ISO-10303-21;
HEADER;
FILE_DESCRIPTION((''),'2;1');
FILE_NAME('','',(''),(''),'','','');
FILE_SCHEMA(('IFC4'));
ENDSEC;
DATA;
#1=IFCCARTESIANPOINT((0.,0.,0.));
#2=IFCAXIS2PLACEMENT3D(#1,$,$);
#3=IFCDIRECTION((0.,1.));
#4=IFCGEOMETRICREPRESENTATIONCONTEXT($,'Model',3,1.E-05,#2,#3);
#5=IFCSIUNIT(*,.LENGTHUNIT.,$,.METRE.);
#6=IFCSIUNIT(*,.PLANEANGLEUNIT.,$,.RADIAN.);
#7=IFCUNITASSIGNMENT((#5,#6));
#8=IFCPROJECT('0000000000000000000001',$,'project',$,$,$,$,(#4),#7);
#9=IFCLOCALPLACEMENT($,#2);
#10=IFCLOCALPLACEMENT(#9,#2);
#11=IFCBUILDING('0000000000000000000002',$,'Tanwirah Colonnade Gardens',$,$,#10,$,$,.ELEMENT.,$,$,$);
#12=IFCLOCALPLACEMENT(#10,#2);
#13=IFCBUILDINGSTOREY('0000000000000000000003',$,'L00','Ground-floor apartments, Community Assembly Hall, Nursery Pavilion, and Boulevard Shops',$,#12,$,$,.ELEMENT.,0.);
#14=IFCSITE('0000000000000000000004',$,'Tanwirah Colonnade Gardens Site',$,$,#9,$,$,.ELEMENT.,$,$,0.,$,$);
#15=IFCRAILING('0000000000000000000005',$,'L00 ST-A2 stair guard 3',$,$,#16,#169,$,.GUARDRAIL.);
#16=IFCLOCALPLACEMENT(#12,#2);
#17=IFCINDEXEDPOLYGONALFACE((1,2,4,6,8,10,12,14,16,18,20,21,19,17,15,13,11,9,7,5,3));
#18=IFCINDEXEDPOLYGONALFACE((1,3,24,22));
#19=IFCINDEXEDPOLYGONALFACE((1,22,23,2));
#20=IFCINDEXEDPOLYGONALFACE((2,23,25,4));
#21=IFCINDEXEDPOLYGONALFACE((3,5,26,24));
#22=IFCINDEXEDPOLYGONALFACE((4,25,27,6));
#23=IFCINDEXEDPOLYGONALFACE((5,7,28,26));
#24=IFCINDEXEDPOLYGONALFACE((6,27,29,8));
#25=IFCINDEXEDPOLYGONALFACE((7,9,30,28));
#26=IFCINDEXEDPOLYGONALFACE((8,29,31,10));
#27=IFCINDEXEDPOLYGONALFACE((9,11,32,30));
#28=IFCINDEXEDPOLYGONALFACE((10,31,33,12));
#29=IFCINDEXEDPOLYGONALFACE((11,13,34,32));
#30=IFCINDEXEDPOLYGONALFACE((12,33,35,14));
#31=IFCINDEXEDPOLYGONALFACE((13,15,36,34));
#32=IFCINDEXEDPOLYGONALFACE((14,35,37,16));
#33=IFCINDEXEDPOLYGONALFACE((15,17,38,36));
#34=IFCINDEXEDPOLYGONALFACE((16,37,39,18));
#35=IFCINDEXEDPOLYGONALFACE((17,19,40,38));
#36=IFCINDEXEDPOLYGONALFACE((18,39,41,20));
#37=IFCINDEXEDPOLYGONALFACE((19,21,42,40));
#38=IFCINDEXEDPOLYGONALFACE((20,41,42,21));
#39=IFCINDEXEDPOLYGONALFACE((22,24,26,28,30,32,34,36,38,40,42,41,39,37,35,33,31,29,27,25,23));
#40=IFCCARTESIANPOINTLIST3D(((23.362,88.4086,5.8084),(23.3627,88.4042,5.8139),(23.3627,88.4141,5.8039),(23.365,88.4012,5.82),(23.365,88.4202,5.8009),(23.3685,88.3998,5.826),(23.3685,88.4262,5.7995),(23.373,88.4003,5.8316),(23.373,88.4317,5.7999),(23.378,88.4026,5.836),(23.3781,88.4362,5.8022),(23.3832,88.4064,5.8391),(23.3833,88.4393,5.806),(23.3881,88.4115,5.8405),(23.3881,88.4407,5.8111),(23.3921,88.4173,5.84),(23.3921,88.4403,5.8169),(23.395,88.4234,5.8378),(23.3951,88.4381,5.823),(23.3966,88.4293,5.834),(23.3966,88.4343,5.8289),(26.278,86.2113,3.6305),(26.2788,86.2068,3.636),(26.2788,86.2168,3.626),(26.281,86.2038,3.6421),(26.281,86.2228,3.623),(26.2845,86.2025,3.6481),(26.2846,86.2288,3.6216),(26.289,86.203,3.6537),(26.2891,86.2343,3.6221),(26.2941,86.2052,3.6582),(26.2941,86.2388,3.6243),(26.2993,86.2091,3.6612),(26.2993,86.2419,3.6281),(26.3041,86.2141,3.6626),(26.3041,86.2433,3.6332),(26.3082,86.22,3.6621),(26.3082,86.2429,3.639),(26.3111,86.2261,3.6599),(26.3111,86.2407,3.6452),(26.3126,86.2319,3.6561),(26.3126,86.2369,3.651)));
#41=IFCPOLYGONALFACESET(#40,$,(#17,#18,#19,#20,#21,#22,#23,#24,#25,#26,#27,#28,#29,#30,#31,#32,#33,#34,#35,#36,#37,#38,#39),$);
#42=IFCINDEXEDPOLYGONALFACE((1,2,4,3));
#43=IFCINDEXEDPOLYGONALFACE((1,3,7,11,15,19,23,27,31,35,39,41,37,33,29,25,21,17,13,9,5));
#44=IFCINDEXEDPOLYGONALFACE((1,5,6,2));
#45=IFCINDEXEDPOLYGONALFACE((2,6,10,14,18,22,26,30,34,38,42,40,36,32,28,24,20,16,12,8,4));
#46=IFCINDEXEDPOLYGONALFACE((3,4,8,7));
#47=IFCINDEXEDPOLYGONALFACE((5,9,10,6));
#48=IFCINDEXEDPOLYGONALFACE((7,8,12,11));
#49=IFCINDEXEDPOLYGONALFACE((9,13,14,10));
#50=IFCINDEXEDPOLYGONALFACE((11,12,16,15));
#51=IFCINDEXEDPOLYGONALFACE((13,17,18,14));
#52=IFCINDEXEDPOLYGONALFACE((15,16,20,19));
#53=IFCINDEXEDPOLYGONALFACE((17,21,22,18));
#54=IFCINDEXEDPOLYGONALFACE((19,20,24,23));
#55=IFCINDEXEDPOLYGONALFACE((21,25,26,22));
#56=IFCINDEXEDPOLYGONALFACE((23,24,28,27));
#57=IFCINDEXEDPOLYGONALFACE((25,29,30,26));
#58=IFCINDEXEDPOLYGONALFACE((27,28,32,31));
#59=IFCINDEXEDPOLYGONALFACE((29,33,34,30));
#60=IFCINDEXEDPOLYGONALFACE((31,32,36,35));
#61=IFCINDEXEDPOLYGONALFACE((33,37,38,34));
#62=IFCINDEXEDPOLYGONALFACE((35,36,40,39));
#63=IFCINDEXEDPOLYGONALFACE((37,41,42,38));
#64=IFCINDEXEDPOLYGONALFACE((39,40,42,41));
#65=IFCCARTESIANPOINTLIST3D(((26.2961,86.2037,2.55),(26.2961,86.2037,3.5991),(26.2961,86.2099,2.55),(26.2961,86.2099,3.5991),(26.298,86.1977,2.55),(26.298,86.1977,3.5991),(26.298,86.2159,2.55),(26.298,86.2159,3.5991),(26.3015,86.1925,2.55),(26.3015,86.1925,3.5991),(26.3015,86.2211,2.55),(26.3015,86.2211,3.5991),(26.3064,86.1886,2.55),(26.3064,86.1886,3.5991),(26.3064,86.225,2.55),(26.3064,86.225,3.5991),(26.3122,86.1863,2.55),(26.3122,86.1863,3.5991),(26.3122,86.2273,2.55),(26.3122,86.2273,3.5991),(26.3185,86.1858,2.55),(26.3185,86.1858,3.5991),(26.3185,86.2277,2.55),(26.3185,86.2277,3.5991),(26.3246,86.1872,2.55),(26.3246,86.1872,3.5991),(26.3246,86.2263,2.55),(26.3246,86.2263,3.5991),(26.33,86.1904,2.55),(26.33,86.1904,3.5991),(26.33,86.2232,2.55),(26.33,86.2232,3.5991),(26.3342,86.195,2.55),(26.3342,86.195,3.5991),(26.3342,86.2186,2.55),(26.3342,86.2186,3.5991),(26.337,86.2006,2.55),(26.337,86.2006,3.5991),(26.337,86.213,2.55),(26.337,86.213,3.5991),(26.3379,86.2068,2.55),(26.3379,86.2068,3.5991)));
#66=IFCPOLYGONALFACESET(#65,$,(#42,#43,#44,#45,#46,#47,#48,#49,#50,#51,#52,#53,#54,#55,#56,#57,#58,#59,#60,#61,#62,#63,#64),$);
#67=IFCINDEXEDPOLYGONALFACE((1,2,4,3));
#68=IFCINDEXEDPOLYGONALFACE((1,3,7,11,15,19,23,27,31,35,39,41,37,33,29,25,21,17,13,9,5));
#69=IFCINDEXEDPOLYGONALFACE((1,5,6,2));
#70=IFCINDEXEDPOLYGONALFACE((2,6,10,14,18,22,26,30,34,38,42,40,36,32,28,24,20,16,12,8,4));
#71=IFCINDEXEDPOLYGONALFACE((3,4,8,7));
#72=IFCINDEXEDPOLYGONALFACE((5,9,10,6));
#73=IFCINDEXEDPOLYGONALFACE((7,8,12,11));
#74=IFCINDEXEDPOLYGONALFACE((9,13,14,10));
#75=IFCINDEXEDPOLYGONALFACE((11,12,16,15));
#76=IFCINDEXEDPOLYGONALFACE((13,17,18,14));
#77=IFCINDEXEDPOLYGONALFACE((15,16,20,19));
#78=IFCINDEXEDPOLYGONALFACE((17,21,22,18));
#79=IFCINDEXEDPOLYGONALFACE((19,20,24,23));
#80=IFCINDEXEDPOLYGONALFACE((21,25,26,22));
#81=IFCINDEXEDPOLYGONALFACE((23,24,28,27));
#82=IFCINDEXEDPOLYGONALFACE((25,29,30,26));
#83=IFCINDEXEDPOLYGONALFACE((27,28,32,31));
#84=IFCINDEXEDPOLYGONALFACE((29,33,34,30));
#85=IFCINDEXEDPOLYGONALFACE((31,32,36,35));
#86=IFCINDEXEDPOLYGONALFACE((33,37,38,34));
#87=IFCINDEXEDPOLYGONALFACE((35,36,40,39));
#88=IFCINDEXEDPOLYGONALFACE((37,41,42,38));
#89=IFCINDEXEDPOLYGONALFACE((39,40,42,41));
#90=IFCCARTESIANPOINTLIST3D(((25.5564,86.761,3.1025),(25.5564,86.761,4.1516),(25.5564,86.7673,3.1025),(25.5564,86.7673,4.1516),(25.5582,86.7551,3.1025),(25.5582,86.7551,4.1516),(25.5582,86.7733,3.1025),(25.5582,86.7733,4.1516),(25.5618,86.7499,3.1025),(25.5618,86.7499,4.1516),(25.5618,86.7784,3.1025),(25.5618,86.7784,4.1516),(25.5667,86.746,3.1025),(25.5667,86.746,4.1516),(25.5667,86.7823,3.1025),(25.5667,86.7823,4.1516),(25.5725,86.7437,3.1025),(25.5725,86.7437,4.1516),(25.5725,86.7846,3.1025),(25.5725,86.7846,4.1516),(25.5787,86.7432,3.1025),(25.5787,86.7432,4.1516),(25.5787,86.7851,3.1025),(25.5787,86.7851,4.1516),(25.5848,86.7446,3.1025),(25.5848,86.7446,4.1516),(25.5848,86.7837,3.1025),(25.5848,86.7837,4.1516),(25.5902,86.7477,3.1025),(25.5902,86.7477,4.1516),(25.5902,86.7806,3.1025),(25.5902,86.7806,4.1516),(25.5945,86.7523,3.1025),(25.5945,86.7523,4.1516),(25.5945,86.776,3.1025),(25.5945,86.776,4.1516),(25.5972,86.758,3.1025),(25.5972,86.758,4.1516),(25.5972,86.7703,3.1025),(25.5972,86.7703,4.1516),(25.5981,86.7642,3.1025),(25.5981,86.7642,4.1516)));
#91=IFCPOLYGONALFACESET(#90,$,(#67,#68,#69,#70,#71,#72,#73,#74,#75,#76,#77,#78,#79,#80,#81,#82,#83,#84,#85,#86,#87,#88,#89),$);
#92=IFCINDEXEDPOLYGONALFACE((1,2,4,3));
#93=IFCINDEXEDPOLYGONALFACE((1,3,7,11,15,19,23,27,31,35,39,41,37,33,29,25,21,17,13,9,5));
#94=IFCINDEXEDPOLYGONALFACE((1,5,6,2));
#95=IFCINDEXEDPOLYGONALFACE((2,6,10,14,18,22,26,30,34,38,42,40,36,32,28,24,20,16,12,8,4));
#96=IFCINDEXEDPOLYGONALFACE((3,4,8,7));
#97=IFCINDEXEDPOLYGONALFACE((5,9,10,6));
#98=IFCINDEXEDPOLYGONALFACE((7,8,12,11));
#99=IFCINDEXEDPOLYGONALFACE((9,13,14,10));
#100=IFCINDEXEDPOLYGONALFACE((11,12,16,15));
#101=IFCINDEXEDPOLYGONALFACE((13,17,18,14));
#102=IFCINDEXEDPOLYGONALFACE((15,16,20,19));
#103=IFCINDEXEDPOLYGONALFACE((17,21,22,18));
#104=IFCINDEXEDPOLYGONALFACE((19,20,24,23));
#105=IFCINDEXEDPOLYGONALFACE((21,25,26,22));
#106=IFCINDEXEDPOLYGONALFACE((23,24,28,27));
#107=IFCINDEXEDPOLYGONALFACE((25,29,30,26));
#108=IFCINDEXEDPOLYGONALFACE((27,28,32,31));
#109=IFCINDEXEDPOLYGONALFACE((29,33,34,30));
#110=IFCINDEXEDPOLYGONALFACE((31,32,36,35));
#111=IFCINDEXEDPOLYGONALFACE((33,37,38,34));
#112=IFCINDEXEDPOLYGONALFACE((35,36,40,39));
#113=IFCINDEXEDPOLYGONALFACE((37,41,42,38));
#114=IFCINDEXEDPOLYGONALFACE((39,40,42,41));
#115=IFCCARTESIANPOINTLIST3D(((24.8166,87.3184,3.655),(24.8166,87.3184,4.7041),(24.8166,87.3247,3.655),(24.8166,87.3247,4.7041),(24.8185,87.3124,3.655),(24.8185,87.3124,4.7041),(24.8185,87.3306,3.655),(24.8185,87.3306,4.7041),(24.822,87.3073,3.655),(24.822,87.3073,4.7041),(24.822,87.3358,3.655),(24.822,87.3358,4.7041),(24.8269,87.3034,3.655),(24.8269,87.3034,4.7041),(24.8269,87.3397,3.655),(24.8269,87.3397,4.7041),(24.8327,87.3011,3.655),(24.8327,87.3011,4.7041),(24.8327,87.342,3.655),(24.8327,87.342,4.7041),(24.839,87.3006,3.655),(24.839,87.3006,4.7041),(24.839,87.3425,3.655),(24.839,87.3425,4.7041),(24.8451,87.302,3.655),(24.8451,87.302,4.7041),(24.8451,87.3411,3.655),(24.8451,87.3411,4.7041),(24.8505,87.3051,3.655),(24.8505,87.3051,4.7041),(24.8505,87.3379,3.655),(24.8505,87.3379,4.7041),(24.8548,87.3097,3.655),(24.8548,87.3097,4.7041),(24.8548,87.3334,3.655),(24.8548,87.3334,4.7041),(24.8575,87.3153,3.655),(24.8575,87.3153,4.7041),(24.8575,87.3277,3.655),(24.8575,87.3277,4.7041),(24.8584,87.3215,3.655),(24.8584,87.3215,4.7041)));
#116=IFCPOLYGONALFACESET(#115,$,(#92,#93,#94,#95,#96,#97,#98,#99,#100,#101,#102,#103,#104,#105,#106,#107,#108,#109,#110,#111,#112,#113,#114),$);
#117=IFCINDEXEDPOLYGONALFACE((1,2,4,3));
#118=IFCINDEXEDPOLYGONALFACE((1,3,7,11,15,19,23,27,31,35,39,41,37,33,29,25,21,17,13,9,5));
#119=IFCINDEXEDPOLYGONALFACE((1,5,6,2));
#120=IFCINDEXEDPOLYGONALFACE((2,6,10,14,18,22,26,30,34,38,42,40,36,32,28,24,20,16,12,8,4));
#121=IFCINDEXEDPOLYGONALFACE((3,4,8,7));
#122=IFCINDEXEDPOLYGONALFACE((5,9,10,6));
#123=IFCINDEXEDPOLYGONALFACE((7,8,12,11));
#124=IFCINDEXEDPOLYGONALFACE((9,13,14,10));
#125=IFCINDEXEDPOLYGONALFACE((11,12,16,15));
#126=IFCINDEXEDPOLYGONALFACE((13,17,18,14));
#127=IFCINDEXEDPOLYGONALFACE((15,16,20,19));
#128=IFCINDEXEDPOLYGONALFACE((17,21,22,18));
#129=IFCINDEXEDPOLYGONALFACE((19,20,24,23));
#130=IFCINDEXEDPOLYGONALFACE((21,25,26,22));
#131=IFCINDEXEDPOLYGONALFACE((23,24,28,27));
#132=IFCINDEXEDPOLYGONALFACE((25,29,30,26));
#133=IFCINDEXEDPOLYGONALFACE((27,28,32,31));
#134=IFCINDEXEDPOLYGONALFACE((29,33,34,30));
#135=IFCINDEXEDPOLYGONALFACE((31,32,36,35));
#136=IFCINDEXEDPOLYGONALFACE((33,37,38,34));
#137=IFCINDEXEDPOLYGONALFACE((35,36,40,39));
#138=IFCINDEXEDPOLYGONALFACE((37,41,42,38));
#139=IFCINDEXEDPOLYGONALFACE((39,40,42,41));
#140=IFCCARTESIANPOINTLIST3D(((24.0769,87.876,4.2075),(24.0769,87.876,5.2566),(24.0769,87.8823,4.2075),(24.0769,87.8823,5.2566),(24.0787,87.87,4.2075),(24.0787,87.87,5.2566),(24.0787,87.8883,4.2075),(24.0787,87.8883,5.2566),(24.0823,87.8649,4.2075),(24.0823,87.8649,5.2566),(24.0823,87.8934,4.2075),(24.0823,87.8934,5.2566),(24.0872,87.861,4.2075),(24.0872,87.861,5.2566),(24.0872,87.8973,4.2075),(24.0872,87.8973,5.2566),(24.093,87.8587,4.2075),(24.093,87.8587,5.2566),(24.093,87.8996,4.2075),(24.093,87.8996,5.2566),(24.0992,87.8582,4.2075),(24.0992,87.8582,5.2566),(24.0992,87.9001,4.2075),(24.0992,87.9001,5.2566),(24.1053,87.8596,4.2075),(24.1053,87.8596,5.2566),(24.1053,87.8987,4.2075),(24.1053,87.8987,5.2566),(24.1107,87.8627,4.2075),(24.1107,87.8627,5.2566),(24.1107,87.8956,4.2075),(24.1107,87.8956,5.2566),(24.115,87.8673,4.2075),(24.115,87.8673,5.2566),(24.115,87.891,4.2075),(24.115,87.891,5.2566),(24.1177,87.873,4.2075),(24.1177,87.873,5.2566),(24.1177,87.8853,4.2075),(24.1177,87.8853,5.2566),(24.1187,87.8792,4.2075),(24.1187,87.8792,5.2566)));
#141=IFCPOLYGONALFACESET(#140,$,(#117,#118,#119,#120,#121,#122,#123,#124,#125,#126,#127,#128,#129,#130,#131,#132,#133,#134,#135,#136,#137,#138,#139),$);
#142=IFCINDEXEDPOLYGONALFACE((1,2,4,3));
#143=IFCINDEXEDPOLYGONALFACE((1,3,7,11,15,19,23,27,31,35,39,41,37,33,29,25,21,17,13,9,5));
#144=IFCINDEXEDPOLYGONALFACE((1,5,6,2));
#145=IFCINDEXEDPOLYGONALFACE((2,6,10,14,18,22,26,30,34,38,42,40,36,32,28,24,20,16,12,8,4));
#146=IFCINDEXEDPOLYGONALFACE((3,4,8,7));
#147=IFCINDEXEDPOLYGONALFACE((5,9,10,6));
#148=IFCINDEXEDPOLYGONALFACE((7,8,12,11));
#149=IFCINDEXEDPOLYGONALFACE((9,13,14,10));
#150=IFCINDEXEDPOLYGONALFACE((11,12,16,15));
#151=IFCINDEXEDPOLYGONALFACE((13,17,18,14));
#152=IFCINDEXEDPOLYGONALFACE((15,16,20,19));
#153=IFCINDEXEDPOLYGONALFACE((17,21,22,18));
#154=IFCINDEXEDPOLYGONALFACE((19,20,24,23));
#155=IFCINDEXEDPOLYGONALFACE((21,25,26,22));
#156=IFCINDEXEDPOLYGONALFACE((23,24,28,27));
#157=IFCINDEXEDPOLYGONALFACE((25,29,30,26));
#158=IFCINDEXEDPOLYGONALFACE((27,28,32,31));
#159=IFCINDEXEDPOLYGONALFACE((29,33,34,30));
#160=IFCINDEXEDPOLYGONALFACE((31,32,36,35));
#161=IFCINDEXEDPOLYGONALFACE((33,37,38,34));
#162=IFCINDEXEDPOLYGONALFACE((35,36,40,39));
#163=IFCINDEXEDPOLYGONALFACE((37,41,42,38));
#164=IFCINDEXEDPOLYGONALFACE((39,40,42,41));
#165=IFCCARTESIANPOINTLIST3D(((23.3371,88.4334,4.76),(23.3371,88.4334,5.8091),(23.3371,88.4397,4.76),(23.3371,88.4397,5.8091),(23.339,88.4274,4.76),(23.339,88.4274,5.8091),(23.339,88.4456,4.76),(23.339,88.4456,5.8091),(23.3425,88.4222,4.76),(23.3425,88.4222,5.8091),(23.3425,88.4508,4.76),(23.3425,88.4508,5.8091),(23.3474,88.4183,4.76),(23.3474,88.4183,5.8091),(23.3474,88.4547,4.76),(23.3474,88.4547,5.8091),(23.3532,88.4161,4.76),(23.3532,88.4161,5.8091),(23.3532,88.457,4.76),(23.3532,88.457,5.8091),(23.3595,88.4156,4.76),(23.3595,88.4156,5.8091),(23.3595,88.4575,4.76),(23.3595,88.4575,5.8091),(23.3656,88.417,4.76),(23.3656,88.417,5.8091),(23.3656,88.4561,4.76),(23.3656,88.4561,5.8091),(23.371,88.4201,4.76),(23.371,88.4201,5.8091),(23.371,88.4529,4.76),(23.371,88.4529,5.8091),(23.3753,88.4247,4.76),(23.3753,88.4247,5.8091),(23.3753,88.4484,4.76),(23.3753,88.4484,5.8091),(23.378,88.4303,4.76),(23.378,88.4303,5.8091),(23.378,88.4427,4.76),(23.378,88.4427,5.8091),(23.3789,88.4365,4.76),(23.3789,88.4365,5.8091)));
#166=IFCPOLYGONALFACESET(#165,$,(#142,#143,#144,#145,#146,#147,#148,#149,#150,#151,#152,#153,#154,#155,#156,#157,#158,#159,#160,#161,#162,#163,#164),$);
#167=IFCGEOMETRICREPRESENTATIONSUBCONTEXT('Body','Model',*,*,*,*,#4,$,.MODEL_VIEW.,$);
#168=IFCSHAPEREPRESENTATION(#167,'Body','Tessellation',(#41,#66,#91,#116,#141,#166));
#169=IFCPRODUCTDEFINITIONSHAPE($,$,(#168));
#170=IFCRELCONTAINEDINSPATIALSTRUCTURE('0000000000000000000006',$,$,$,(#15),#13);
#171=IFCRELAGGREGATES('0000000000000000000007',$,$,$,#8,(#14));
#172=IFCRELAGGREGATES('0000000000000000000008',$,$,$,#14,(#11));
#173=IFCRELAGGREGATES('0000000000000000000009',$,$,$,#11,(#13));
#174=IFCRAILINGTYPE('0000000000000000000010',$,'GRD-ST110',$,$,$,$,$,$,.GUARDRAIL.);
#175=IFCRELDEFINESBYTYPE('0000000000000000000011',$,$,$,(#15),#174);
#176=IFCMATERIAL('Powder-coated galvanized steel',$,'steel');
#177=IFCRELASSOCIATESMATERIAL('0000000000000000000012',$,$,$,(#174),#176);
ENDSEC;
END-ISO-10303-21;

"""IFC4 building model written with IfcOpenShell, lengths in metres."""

from ifc_helpers import new_model, si_unit, direction, frame, origin, origin_2d, place, context, subcontext, project, spatial, circle, extrude, material, type_object, element, save


model = new_model("IFC4")

# Units and contexts
model_context = context("Model", 3, precision=1e-05, world=origin(), true_north=direction((0.0, 1.0)))
body_context = subcontext(model_context, "Body", "Model", "MODEL_VIEW")
ifc_project = project(units=[si_unit("LENGTHUNIT", "METRE"), si_unit("PLANEANGLEUNIT", "RADIAN")], contexts=[model_context])

# Site, building, storey
site_placement = place(None, origin())
site = spatial("IfcSite", under=ifc_project, at=site_placement, Name="Tanwirah Colonnade Gardens Site", CompositionType="ELEMENT", RefElevation=0.0)
building_placement = place(site_placement, origin())
building = spatial("IfcBuilding", under=site, at=building_placement, Name="Tanwirah Colonnade Gardens", CompositionType="ELEMENT")
storey_placement = place(building_placement, origin())
storey = spatial("IfcBuildingStorey", under=building, at=storey_placement, Name="L00", Description="Ground-floor apartments, Community Assembly Hall, Nursery Pavilion, and Boulevard Shops", CompositionType="ELEMENT", Elevation=0.0)

# Railing
ifc_material_1 = material(Name="Powder-coated galvanized steel", Category="steel")
railing_type_1 = type_object("IfcRailingType", Name="GRD-ST110", PredefinedType="GUARDRAIL", material=ifc_material_1)
railing_1_placement = place(storey_placement, frame((26.3169, 86.2068, 2.55)))
element("IfcRailing", 1, at=railing_1_placement, inside=storey, type_object=railing_type_1, Name="L00 ST-A2 stair guard 3", PredefinedType="GUARDRAIL", context=body_context, shape_type="SweptSolid", body=[
    extrude(circle(Radius=0.0239, at=origin_2d()), frame((-0.0215, 0.0161, 1.092), z_axis=(-0.685891, 0.516852, 0.512268), x_axis=(-0.601812, -0.798638, 0.0)), (0.0, 0.0, 1.0), 4.2515),
    extrude(circle(Radius=0.021, at=origin_2d()), origin(), (0.0, 0.0, 1.0), 1.0491),
    extrude(circle(Radius=0.021, at=origin_2d()), frame((-0.7397, 0.5574, 0.5525)), (0.0, 0.0, 1.0), 1.0491),
    extrude(circle(Radius=0.021, at=origin_2d()), frame((-1.4795, 1.1147, 1.105)), (0.0, 0.0, 1.0), 1.0491),
    extrude(circle(Radius=0.021, at=origin_2d()), frame((-2.2192, 1.6724, 1.6575)), (0.0, 0.0, 1.0), 1.0491),
    extrude(circle(Radius=0.021, at=origin_2d()), frame((-2.959, 2.2297, 2.21)), (0.0, 0.0, 1.0), 1.0491),
])

save(model, "model.ifc")
